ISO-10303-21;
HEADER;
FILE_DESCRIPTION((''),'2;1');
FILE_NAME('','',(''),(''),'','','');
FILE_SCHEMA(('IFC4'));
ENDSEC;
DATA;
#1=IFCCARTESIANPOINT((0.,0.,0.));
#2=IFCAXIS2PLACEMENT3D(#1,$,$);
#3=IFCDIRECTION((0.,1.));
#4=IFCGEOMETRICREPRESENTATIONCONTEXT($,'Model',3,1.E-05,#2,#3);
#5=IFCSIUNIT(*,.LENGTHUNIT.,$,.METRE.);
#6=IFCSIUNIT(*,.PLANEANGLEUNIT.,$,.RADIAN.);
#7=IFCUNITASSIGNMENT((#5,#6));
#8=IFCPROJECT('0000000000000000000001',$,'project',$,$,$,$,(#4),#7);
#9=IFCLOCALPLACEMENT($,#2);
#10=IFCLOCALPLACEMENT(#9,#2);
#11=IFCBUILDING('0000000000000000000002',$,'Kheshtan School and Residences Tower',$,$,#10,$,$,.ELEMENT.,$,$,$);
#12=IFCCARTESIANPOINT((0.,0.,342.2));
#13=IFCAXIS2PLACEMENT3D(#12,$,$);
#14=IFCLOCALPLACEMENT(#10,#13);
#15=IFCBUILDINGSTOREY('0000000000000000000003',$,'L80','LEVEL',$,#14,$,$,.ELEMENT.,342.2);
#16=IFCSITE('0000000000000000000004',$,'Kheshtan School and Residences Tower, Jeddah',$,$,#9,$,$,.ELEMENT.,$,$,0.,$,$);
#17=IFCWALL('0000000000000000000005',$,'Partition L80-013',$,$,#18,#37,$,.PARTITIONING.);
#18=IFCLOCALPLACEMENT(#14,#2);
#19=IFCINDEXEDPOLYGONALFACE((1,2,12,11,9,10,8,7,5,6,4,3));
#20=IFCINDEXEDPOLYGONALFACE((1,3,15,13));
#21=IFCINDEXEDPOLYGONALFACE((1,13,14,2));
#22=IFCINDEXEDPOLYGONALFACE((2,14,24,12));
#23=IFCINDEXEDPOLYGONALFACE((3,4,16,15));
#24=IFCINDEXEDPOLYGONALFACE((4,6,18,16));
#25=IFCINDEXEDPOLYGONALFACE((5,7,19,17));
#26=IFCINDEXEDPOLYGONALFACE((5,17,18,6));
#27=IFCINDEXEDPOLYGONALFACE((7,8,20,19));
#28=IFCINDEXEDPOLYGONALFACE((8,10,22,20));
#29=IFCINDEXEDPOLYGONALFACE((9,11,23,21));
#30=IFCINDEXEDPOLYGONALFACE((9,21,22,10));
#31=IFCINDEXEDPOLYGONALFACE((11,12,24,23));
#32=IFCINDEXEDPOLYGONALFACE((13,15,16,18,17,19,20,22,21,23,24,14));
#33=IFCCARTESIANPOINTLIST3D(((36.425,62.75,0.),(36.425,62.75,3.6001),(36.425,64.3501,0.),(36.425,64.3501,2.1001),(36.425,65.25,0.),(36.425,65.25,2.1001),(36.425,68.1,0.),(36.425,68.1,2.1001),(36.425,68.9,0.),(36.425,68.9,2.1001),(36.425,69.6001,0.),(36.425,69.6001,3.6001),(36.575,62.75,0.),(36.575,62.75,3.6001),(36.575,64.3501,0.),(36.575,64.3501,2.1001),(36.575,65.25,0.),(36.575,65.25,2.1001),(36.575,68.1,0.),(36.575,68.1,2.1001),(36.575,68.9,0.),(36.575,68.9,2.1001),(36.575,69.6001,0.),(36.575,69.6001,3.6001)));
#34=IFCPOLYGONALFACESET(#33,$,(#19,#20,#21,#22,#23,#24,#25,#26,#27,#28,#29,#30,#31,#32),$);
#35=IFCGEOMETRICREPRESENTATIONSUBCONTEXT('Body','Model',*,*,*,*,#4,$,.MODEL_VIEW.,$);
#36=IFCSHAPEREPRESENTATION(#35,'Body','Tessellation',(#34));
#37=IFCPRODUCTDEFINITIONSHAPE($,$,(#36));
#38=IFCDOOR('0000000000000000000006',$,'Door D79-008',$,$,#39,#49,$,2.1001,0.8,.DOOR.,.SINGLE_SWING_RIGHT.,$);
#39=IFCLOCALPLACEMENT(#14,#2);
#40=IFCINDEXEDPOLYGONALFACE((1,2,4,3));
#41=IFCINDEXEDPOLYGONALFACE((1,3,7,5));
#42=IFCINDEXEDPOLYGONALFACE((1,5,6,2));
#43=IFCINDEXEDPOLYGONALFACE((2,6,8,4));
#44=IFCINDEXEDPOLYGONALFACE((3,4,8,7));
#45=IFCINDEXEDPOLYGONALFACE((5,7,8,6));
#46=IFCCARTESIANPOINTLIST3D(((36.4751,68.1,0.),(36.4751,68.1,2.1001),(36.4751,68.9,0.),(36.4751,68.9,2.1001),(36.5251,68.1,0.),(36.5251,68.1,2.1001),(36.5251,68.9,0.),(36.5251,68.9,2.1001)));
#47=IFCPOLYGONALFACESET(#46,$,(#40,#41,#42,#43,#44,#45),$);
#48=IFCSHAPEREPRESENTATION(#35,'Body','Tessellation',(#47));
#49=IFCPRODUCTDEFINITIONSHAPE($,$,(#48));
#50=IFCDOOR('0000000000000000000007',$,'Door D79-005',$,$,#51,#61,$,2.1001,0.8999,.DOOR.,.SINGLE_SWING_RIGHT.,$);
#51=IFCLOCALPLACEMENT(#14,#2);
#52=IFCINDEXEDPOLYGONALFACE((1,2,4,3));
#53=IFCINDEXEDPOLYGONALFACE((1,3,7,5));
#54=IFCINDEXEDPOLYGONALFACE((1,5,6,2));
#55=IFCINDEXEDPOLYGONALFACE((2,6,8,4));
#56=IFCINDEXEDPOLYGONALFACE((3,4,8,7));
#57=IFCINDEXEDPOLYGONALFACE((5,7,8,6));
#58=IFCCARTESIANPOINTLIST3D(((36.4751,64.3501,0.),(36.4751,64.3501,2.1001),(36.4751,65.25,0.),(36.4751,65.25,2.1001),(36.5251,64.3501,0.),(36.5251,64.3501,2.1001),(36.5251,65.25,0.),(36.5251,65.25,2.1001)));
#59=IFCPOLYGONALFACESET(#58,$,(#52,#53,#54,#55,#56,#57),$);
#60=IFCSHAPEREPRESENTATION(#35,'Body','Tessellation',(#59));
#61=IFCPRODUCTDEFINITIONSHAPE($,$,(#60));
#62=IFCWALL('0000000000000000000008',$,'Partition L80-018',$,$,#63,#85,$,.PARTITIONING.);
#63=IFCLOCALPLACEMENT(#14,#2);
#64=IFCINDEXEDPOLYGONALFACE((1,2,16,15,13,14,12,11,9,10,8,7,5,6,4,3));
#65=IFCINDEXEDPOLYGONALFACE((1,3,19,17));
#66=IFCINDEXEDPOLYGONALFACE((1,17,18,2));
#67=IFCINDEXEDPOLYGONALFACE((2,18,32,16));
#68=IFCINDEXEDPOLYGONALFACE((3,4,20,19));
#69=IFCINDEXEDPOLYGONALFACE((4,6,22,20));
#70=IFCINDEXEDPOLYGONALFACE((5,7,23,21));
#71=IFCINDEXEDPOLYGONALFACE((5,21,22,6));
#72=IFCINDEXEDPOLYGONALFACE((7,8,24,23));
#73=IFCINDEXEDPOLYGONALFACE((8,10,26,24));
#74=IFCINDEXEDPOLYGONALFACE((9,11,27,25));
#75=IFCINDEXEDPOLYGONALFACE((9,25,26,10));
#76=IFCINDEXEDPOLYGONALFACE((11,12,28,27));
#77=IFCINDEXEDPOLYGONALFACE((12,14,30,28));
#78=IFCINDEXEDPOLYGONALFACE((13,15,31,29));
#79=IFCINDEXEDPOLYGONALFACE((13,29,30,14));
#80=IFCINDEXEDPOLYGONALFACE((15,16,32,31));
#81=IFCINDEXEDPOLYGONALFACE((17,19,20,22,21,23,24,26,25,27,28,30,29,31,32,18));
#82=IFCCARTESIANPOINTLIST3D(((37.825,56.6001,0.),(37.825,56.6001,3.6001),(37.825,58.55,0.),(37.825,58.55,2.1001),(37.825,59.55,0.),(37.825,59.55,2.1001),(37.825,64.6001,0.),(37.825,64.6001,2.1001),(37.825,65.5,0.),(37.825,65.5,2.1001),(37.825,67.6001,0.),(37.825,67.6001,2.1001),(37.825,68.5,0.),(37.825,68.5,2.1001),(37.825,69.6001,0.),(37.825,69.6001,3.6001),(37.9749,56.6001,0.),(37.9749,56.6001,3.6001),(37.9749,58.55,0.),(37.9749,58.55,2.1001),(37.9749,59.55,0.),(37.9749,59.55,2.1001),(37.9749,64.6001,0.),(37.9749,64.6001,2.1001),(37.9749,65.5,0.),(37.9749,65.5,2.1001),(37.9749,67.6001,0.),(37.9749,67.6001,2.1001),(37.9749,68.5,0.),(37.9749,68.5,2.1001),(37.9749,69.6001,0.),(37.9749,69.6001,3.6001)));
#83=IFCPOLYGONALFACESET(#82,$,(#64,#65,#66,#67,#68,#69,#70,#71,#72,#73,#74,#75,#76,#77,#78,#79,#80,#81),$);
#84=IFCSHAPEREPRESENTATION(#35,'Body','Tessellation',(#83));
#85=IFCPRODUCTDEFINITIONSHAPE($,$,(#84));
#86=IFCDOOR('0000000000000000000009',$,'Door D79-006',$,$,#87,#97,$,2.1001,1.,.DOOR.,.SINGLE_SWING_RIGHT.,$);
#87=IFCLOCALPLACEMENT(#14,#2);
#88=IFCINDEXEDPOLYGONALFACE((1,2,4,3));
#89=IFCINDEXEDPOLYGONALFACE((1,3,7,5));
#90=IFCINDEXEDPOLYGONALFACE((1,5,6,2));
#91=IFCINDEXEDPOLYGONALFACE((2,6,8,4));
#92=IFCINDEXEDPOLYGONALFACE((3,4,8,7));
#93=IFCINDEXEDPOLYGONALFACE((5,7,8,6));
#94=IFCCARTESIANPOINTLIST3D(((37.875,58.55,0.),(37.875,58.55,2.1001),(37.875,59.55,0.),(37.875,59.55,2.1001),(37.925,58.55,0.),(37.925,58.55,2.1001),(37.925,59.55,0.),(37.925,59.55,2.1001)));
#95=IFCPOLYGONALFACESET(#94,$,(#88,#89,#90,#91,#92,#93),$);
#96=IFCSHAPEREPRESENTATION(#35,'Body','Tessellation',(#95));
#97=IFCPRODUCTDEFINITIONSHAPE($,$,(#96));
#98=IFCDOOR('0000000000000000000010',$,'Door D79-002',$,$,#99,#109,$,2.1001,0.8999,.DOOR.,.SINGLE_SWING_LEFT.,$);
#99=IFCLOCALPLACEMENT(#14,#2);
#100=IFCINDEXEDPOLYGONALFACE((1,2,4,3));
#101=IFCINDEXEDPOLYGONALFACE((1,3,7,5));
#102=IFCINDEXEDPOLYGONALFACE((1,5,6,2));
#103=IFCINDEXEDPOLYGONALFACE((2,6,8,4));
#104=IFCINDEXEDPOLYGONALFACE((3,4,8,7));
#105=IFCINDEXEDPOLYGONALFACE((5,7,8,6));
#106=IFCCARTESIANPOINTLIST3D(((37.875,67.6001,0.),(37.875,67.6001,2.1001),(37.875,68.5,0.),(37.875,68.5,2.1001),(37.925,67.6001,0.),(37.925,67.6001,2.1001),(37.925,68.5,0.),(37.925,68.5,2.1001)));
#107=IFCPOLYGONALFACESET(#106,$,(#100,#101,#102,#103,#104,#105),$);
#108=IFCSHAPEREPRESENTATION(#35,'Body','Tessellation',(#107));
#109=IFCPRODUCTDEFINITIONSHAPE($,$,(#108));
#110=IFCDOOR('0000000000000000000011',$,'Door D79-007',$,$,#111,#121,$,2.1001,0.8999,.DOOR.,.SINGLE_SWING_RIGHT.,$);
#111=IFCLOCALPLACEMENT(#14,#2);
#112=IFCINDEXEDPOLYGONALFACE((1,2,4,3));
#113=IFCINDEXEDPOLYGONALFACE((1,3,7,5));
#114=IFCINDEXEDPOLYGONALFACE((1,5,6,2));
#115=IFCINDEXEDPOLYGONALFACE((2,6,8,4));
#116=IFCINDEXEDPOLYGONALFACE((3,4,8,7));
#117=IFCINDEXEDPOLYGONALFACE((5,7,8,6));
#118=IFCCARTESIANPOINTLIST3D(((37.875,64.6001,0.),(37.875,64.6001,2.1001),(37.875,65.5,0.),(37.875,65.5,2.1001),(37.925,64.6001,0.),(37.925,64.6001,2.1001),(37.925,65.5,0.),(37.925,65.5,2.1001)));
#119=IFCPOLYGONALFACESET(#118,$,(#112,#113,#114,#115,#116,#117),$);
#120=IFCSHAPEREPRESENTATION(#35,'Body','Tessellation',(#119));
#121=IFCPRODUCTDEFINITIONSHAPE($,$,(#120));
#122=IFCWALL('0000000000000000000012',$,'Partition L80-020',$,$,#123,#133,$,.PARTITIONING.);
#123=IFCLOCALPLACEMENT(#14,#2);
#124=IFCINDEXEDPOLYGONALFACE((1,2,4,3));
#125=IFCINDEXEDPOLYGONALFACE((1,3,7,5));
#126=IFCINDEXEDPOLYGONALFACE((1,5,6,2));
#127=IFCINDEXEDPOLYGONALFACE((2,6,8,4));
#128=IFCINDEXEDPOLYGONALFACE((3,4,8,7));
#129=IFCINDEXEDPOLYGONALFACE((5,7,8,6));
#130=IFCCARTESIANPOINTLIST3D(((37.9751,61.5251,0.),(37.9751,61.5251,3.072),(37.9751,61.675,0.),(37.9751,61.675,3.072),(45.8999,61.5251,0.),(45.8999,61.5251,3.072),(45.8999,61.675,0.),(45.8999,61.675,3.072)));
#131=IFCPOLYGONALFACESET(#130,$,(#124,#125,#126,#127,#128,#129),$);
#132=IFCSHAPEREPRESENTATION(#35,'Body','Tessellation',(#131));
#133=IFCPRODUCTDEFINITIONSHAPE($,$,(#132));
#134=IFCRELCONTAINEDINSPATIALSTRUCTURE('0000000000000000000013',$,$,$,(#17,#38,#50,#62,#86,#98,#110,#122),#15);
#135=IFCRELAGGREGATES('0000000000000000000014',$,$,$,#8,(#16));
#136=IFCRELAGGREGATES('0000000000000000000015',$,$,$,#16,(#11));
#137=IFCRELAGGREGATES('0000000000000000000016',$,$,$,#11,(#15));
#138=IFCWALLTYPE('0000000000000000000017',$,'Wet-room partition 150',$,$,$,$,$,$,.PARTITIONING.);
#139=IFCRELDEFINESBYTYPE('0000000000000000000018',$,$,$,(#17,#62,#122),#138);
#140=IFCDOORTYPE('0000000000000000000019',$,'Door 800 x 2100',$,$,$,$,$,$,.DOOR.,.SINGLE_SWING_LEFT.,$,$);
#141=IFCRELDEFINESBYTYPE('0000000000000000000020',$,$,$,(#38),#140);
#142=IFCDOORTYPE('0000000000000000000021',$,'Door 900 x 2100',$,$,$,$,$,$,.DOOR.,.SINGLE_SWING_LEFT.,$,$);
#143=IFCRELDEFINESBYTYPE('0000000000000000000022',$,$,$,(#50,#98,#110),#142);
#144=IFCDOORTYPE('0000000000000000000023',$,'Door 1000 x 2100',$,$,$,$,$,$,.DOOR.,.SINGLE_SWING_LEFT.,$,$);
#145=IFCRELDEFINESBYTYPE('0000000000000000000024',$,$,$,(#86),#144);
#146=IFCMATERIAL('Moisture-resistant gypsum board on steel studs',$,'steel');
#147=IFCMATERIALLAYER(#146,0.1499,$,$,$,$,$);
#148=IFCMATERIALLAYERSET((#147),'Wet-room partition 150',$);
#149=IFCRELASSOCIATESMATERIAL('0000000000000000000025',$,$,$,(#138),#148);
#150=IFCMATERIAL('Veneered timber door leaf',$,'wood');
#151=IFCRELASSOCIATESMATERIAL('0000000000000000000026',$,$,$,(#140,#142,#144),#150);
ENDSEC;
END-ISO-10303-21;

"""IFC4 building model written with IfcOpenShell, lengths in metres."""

from ifc_helpers import new_model, si_unit, direction, frame, frame_2d, origin, place, context, subcontext, project, spatial, rectangle, extrude, source, transform, mapped, material, layer, layer_set, type_object, element, fill, save


model = new_model("IFC4")

# Units and contexts
model_context = context("Model", 3, precision=1e-05, world=origin(), true_north=direction((0.0, 1.0)))
body_context = subcontext(model_context, "Body", "Model", "MODEL_VIEW")
ifc_project = project(units=[si_unit("LENGTHUNIT", "METRE"), si_unit("PLANEANGLEUNIT", "RADIAN")], contexts=[model_context])

# Site, building, storey
site_placement = place(None, origin())
site = spatial("IfcSite", under=ifc_project, at=site_placement, Name="Kheshtan School and Residences Tower, Jeddah", CompositionType="ELEMENT", RefElevation=0.0)
building_placement = place(site_placement, origin())
building = spatial("IfcBuilding", under=site, at=building_placement, Name="Kheshtan School and Residences Tower", CompositionType="ELEMENT")
storey_placement = place(building_placement, frame((0.0, 0.0, 342.2)))
storey = spatial("IfcBuildingStorey", under=building, at=storey_placement, Name="L80", Description="LEVEL", CompositionType="ELEMENT", Elevation=342.2)

# Shared definitions
ifc_material_1 = material(Name="Moisture-resistant gypsum board on steel studs", Category="steel")
ifc_layer_1 = layer(ifc_material_1, 0.1499)
ifc_layer_set_1 = layer_set([ifc_layer_1], Name="Wet-room partition 150")
wall_type_1 = type_object("IfcWallType", Name="Wet-room partition 150", PredefinedType="PARTITIONING", material=ifc_layer_set_1)

# Shared definitions
ifc_material_2 = material(Name="Veneered timber door leaf", Category="wood")
door_type_1 = type_object("IfcDoorType", Name="Door 800 x 2100", OperationType="SINGLE_SWING_LEFT", PredefinedType="DOOR", material=ifc_material_2)
shared_shape_1 = source(origin(), body_context, "Body", "SweptSolid", [
    extrude(rectangle(XDim=0.8, YDim=2.1001, at=frame_2d((0.3999, 1.05))), frame((0.0, 0.0249, 0.0), z_axis=(0.0, -1.0, 0.0), x_axis=(1.0, 0.0, 0.0)), (0.0, 0.0, 1.0), 0.05),
])

# Walls, openings, doors
wall_1_placement = place(storey_placement, frame((36.5, 62.75, 0.0), z_axis=(0.0, 0.0, 1.0), x_axis=(0.0, 1.0, 0.0)))
wall_1 = element("IfcWall", 1, at=wall_1_placement, inside=storey, type_object=wall_type_1, Name="Partition L80-013", PredefinedType="PARTITIONING", context=body_context, shape_type="SweptSolid", body=[
    extrude(rectangle(XDim=6.8501, YDim=0.1499, at=frame_2d((3.425, 0.0))), origin(), (0.0, 0.0, 1.0), 3.6001),
])
opening_1_placement = place(wall_1_placement, frame((1.6001, 0.0, 0.0)))
opening_1 = element("IfcOpeningElement", 2, at=opening_1_placement, cuts=wall_1, PredefinedType="OPENING", context=body_context, shape_type="SweptSolid", body=[
    extrude(rectangle(XDim=0.8999, YDim=2.1001, at=frame_2d((0.45, 1.05))), frame((0.0, 0.085, 0.0), z_axis=(0.0, -1.0, 0.0), x_axis=(1.0, 0.0, 0.0)), (0.0, 0.0, 1.0), 0.1699),
])
opening_2_placement = place(wall_1_placement, frame((5.3501, 0.0, 0.0)))
opening_2 = element("IfcOpeningElement", 3, at=opening_2_placement, cuts=wall_1, PredefinedType="OPENING", context=body_context, shape_type="SweptSolid", body=[
    extrude(rectangle(XDim=0.8, YDim=2.1001, at=frame_2d((0.3999, 1.05))), frame((0.0, 0.085, 0.0), z_axis=(0.0, -1.0, 0.0), x_axis=(1.0, 0.0, 0.0)), (0.0, 0.0, 1.0), 0.1699),
])
door_1_placement = place(opening_2_placement, origin())
door_1 = element("IfcDoor", 4, at=door_1_placement, inside=storey, type_object=door_type_1, Name="Door D79-008", OperationType="SINGLE_SWING_RIGHT", OverallHeight=2.1001, OverallWidth=0.8, PredefinedType="DOOR", context=body_context, shape_type="MappedRepresentation", body=[
    mapped(shared_shape_1, transform((0.0, 0.0, 0.0), x_axis=(1.0, 0.0, 0.0), y_axis=(0.0, 1.0, 0.0), z_axis=(0.0, 0.0, 1.0), scale=1.0)),
])
fill(opening_2, door_1)
door_type_2 = type_object("IfcDoorType", Name="Door 900 x 2100", OperationType="SINGLE_SWING_LEFT", PredefinedType="DOOR", material=ifc_material_2)
shared_shape_2 = source(origin(), body_context, "Body", "SweptSolid", [
    extrude(rectangle(XDim=0.8999, YDim=2.1001, at=frame_2d((0.45, 1.05))), frame((0.0, 0.0249, 0.0), z_axis=(0.0, -1.0, 0.0), x_axis=(1.0, 0.0, 0.0)), (0.0, 0.0, 1.0), 0.05),
])
door_2_placement = place(opening_1_placement, origin())
door_2 = element("IfcDoor", 5, at=door_2_placement, inside=storey, type_object=door_type_2, Name="Door D79-005", OperationType="SINGLE_SWING_RIGHT", OverallHeight=2.1001, OverallWidth=0.8999, PredefinedType="DOOR", context=body_context, shape_type="MappedRepresentation", body=[
    mapped(shared_shape_2, transform((0.0, 0.0, 0.0), x_axis=(1.0, 0.0, 0.0), y_axis=(0.0, 1.0, 0.0), z_axis=(0.0, 0.0, 1.0), scale=1.0)),
])
fill(opening_1, door_2)
wall_2_placement = place(storey_placement, frame((37.8999, 56.6001, 0.0), z_axis=(0.0, 0.0, 1.0), x_axis=(0.0, 1.0, 0.0)))
wall_2 = element("IfcWall", 6, at=wall_2_placement, inside=storey, type_object=wall_type_1, Name="Partition L80-018", PredefinedType="PARTITIONING", context=body_context, shape_type="SweptSolid", body=[
    extrude(rectangle(XDim=13.0, YDim=0.1499, at=frame_2d((6.5, 0.0))), origin(), (0.0, 0.0, 1.0), 3.6001),
])
opening_3_placement = place(wall_2_placement, frame((11.0, 0.0, 0.0)))
opening_3 = element("IfcOpeningElement", 7, at=opening_3_placement, cuts=wall_2, PredefinedType="OPENING", context=body_context, shape_type="SweptSolid", body=[
    extrude(rectangle(XDim=0.8999, YDim=2.1001, at=frame_2d((0.45, 1.05))), frame((0.0, 0.085, 0.0), z_axis=(0.0, -1.0, 0.0), x_axis=(1.0, 0.0, 0.0)), (0.0, 0.0, 1.0), 0.1699),
])
opening_4_placement = place(wall_2_placement, frame((1.95, 0.0, 0.0)))
opening_4 = element("IfcOpeningElement", 8, at=opening_4_placement, cuts=wall_2, PredefinedType="OPENING", context=body_context, shape_type="SweptSolid", body=[
    extrude(rectangle(XDim=1.0, YDim=2.1001, at=frame_2d((0.5, 1.05))), frame((0.0, 0.085, 0.0), z_axis=(0.0, -1.0, 0.0), x_axis=(1.0, 0.0, 0.0)), (0.0, 0.0, 1.0), 0.1699),
])
opening_5_placement = place(wall_2_placement, frame((8.0, 0.0, 0.0)))
opening_5 = element("IfcOpeningElement", 9, at=opening_5_placement, cuts=wall_2, PredefinedType="OPENING", context=body_context, shape_type="SweptSolid", body=[
    extrude(rectangle(XDim=0.8999, YDim=2.1001, at=frame_2d((0.45, 1.05))), frame((0.0, 0.085, 0.0), z_axis=(0.0, -1.0, 0.0), x_axis=(1.0, 0.0, 0.0)), (0.0, 0.0, 1.0), 0.1699),
])
door_type_3 = type_object("IfcDoorType", Name="Door 1000 x 2100", OperationType="SINGLE_SWING_LEFT", PredefinedType="DOOR", material=ifc_material_2)
shared_shape_3 = source(origin(), body_context, "Body", "SweptSolid", [
    extrude(rectangle(XDim=1.0, YDim=2.1001, at=frame_2d((0.5, 1.05))), frame((0.0, 0.0249, 0.0), z_axis=(0.0, -1.0, 0.0), x_axis=(1.0, 0.0, 0.0)), (0.0, 0.0, 1.0), 0.05),
])
door_3_placement = place(opening_4_placement, origin())
door_3 = element("IfcDoor", 10, at=door_3_placement, inside=storey, type_object=door_type_3, Name="Door D79-006", OperationType="SINGLE_SWING_RIGHT", OverallHeight=2.1001, OverallWidth=1.0, PredefinedType="DOOR", context=body_context, shape_type="MappedRepresentation", body=[
    mapped(shared_shape_3, transform((0.0, 0.0, 0.0), x_axis=(1.0, 0.0, 0.0), y_axis=(0.0, 1.0, 0.0), z_axis=(0.0, 0.0, 1.0), scale=1.0)),
])
fill(opening_4, door_3)
door_4_placement = place(opening_3_placement, origin())
door_4 = element("IfcDoor", 11, at=door_4_placement, inside=storey, type_object=door_type_2, Name="Door D79-002", OperationType="SINGLE_SWING_LEFT", OverallHeight=2.1001, OverallWidth=0.8999, PredefinedType="DOOR", context=body_context, shape_type="MappedRepresentation", body=[
    mapped(shared_shape_2, transform((0.0, 0.0, 0.0), x_axis=(1.0, 0.0, 0.0), y_axis=(0.0, 1.0, 0.0), z_axis=(0.0, 0.0, 1.0), scale=1.0)),
])
fill(opening_3, door_4)
door_5_placement = place(opening_5_placement, origin())
door_5 = element("IfcDoor", 12, at=door_5_placement, inside=storey, type_object=door_type_2, Name="Door D79-007", OperationType="SINGLE_SWING_RIGHT", OverallHeight=2.1001, OverallWidth=0.8999, PredefinedType="DOOR", context=body_context, shape_type="MappedRepresentation", body=[
    mapped(shared_shape_2, transform((0.0, 0.0, 0.0), x_axis=(1.0, 0.0, 0.0), y_axis=(0.0, 1.0, 0.0), z_axis=(0.0, 0.0, 1.0), scale=1.0)),
])
fill(opening_5, door_5)

# Wall
wall_3_placement = place(storey_placement, frame((37.9751, 61.6001, 0.0), z_axis=(0.0, 0.0, 1.0), x_axis=(1.0, 0.0, 0.0)))
element("IfcWall", 13, at=wall_3_placement, inside=storey, type_object=wall_type_1, Name="Partition L80-020", PredefinedType="PARTITIONING", context=body_context, shape_type="SweptSolid", body=[
    extrude(rectangle(XDim=7.9248, YDim=0.1499, at=frame_2d((3.9624, 0.0))), origin(), (0.0, 0.0, 1.0), 3.072),
])

save(model, "model.ifc")
